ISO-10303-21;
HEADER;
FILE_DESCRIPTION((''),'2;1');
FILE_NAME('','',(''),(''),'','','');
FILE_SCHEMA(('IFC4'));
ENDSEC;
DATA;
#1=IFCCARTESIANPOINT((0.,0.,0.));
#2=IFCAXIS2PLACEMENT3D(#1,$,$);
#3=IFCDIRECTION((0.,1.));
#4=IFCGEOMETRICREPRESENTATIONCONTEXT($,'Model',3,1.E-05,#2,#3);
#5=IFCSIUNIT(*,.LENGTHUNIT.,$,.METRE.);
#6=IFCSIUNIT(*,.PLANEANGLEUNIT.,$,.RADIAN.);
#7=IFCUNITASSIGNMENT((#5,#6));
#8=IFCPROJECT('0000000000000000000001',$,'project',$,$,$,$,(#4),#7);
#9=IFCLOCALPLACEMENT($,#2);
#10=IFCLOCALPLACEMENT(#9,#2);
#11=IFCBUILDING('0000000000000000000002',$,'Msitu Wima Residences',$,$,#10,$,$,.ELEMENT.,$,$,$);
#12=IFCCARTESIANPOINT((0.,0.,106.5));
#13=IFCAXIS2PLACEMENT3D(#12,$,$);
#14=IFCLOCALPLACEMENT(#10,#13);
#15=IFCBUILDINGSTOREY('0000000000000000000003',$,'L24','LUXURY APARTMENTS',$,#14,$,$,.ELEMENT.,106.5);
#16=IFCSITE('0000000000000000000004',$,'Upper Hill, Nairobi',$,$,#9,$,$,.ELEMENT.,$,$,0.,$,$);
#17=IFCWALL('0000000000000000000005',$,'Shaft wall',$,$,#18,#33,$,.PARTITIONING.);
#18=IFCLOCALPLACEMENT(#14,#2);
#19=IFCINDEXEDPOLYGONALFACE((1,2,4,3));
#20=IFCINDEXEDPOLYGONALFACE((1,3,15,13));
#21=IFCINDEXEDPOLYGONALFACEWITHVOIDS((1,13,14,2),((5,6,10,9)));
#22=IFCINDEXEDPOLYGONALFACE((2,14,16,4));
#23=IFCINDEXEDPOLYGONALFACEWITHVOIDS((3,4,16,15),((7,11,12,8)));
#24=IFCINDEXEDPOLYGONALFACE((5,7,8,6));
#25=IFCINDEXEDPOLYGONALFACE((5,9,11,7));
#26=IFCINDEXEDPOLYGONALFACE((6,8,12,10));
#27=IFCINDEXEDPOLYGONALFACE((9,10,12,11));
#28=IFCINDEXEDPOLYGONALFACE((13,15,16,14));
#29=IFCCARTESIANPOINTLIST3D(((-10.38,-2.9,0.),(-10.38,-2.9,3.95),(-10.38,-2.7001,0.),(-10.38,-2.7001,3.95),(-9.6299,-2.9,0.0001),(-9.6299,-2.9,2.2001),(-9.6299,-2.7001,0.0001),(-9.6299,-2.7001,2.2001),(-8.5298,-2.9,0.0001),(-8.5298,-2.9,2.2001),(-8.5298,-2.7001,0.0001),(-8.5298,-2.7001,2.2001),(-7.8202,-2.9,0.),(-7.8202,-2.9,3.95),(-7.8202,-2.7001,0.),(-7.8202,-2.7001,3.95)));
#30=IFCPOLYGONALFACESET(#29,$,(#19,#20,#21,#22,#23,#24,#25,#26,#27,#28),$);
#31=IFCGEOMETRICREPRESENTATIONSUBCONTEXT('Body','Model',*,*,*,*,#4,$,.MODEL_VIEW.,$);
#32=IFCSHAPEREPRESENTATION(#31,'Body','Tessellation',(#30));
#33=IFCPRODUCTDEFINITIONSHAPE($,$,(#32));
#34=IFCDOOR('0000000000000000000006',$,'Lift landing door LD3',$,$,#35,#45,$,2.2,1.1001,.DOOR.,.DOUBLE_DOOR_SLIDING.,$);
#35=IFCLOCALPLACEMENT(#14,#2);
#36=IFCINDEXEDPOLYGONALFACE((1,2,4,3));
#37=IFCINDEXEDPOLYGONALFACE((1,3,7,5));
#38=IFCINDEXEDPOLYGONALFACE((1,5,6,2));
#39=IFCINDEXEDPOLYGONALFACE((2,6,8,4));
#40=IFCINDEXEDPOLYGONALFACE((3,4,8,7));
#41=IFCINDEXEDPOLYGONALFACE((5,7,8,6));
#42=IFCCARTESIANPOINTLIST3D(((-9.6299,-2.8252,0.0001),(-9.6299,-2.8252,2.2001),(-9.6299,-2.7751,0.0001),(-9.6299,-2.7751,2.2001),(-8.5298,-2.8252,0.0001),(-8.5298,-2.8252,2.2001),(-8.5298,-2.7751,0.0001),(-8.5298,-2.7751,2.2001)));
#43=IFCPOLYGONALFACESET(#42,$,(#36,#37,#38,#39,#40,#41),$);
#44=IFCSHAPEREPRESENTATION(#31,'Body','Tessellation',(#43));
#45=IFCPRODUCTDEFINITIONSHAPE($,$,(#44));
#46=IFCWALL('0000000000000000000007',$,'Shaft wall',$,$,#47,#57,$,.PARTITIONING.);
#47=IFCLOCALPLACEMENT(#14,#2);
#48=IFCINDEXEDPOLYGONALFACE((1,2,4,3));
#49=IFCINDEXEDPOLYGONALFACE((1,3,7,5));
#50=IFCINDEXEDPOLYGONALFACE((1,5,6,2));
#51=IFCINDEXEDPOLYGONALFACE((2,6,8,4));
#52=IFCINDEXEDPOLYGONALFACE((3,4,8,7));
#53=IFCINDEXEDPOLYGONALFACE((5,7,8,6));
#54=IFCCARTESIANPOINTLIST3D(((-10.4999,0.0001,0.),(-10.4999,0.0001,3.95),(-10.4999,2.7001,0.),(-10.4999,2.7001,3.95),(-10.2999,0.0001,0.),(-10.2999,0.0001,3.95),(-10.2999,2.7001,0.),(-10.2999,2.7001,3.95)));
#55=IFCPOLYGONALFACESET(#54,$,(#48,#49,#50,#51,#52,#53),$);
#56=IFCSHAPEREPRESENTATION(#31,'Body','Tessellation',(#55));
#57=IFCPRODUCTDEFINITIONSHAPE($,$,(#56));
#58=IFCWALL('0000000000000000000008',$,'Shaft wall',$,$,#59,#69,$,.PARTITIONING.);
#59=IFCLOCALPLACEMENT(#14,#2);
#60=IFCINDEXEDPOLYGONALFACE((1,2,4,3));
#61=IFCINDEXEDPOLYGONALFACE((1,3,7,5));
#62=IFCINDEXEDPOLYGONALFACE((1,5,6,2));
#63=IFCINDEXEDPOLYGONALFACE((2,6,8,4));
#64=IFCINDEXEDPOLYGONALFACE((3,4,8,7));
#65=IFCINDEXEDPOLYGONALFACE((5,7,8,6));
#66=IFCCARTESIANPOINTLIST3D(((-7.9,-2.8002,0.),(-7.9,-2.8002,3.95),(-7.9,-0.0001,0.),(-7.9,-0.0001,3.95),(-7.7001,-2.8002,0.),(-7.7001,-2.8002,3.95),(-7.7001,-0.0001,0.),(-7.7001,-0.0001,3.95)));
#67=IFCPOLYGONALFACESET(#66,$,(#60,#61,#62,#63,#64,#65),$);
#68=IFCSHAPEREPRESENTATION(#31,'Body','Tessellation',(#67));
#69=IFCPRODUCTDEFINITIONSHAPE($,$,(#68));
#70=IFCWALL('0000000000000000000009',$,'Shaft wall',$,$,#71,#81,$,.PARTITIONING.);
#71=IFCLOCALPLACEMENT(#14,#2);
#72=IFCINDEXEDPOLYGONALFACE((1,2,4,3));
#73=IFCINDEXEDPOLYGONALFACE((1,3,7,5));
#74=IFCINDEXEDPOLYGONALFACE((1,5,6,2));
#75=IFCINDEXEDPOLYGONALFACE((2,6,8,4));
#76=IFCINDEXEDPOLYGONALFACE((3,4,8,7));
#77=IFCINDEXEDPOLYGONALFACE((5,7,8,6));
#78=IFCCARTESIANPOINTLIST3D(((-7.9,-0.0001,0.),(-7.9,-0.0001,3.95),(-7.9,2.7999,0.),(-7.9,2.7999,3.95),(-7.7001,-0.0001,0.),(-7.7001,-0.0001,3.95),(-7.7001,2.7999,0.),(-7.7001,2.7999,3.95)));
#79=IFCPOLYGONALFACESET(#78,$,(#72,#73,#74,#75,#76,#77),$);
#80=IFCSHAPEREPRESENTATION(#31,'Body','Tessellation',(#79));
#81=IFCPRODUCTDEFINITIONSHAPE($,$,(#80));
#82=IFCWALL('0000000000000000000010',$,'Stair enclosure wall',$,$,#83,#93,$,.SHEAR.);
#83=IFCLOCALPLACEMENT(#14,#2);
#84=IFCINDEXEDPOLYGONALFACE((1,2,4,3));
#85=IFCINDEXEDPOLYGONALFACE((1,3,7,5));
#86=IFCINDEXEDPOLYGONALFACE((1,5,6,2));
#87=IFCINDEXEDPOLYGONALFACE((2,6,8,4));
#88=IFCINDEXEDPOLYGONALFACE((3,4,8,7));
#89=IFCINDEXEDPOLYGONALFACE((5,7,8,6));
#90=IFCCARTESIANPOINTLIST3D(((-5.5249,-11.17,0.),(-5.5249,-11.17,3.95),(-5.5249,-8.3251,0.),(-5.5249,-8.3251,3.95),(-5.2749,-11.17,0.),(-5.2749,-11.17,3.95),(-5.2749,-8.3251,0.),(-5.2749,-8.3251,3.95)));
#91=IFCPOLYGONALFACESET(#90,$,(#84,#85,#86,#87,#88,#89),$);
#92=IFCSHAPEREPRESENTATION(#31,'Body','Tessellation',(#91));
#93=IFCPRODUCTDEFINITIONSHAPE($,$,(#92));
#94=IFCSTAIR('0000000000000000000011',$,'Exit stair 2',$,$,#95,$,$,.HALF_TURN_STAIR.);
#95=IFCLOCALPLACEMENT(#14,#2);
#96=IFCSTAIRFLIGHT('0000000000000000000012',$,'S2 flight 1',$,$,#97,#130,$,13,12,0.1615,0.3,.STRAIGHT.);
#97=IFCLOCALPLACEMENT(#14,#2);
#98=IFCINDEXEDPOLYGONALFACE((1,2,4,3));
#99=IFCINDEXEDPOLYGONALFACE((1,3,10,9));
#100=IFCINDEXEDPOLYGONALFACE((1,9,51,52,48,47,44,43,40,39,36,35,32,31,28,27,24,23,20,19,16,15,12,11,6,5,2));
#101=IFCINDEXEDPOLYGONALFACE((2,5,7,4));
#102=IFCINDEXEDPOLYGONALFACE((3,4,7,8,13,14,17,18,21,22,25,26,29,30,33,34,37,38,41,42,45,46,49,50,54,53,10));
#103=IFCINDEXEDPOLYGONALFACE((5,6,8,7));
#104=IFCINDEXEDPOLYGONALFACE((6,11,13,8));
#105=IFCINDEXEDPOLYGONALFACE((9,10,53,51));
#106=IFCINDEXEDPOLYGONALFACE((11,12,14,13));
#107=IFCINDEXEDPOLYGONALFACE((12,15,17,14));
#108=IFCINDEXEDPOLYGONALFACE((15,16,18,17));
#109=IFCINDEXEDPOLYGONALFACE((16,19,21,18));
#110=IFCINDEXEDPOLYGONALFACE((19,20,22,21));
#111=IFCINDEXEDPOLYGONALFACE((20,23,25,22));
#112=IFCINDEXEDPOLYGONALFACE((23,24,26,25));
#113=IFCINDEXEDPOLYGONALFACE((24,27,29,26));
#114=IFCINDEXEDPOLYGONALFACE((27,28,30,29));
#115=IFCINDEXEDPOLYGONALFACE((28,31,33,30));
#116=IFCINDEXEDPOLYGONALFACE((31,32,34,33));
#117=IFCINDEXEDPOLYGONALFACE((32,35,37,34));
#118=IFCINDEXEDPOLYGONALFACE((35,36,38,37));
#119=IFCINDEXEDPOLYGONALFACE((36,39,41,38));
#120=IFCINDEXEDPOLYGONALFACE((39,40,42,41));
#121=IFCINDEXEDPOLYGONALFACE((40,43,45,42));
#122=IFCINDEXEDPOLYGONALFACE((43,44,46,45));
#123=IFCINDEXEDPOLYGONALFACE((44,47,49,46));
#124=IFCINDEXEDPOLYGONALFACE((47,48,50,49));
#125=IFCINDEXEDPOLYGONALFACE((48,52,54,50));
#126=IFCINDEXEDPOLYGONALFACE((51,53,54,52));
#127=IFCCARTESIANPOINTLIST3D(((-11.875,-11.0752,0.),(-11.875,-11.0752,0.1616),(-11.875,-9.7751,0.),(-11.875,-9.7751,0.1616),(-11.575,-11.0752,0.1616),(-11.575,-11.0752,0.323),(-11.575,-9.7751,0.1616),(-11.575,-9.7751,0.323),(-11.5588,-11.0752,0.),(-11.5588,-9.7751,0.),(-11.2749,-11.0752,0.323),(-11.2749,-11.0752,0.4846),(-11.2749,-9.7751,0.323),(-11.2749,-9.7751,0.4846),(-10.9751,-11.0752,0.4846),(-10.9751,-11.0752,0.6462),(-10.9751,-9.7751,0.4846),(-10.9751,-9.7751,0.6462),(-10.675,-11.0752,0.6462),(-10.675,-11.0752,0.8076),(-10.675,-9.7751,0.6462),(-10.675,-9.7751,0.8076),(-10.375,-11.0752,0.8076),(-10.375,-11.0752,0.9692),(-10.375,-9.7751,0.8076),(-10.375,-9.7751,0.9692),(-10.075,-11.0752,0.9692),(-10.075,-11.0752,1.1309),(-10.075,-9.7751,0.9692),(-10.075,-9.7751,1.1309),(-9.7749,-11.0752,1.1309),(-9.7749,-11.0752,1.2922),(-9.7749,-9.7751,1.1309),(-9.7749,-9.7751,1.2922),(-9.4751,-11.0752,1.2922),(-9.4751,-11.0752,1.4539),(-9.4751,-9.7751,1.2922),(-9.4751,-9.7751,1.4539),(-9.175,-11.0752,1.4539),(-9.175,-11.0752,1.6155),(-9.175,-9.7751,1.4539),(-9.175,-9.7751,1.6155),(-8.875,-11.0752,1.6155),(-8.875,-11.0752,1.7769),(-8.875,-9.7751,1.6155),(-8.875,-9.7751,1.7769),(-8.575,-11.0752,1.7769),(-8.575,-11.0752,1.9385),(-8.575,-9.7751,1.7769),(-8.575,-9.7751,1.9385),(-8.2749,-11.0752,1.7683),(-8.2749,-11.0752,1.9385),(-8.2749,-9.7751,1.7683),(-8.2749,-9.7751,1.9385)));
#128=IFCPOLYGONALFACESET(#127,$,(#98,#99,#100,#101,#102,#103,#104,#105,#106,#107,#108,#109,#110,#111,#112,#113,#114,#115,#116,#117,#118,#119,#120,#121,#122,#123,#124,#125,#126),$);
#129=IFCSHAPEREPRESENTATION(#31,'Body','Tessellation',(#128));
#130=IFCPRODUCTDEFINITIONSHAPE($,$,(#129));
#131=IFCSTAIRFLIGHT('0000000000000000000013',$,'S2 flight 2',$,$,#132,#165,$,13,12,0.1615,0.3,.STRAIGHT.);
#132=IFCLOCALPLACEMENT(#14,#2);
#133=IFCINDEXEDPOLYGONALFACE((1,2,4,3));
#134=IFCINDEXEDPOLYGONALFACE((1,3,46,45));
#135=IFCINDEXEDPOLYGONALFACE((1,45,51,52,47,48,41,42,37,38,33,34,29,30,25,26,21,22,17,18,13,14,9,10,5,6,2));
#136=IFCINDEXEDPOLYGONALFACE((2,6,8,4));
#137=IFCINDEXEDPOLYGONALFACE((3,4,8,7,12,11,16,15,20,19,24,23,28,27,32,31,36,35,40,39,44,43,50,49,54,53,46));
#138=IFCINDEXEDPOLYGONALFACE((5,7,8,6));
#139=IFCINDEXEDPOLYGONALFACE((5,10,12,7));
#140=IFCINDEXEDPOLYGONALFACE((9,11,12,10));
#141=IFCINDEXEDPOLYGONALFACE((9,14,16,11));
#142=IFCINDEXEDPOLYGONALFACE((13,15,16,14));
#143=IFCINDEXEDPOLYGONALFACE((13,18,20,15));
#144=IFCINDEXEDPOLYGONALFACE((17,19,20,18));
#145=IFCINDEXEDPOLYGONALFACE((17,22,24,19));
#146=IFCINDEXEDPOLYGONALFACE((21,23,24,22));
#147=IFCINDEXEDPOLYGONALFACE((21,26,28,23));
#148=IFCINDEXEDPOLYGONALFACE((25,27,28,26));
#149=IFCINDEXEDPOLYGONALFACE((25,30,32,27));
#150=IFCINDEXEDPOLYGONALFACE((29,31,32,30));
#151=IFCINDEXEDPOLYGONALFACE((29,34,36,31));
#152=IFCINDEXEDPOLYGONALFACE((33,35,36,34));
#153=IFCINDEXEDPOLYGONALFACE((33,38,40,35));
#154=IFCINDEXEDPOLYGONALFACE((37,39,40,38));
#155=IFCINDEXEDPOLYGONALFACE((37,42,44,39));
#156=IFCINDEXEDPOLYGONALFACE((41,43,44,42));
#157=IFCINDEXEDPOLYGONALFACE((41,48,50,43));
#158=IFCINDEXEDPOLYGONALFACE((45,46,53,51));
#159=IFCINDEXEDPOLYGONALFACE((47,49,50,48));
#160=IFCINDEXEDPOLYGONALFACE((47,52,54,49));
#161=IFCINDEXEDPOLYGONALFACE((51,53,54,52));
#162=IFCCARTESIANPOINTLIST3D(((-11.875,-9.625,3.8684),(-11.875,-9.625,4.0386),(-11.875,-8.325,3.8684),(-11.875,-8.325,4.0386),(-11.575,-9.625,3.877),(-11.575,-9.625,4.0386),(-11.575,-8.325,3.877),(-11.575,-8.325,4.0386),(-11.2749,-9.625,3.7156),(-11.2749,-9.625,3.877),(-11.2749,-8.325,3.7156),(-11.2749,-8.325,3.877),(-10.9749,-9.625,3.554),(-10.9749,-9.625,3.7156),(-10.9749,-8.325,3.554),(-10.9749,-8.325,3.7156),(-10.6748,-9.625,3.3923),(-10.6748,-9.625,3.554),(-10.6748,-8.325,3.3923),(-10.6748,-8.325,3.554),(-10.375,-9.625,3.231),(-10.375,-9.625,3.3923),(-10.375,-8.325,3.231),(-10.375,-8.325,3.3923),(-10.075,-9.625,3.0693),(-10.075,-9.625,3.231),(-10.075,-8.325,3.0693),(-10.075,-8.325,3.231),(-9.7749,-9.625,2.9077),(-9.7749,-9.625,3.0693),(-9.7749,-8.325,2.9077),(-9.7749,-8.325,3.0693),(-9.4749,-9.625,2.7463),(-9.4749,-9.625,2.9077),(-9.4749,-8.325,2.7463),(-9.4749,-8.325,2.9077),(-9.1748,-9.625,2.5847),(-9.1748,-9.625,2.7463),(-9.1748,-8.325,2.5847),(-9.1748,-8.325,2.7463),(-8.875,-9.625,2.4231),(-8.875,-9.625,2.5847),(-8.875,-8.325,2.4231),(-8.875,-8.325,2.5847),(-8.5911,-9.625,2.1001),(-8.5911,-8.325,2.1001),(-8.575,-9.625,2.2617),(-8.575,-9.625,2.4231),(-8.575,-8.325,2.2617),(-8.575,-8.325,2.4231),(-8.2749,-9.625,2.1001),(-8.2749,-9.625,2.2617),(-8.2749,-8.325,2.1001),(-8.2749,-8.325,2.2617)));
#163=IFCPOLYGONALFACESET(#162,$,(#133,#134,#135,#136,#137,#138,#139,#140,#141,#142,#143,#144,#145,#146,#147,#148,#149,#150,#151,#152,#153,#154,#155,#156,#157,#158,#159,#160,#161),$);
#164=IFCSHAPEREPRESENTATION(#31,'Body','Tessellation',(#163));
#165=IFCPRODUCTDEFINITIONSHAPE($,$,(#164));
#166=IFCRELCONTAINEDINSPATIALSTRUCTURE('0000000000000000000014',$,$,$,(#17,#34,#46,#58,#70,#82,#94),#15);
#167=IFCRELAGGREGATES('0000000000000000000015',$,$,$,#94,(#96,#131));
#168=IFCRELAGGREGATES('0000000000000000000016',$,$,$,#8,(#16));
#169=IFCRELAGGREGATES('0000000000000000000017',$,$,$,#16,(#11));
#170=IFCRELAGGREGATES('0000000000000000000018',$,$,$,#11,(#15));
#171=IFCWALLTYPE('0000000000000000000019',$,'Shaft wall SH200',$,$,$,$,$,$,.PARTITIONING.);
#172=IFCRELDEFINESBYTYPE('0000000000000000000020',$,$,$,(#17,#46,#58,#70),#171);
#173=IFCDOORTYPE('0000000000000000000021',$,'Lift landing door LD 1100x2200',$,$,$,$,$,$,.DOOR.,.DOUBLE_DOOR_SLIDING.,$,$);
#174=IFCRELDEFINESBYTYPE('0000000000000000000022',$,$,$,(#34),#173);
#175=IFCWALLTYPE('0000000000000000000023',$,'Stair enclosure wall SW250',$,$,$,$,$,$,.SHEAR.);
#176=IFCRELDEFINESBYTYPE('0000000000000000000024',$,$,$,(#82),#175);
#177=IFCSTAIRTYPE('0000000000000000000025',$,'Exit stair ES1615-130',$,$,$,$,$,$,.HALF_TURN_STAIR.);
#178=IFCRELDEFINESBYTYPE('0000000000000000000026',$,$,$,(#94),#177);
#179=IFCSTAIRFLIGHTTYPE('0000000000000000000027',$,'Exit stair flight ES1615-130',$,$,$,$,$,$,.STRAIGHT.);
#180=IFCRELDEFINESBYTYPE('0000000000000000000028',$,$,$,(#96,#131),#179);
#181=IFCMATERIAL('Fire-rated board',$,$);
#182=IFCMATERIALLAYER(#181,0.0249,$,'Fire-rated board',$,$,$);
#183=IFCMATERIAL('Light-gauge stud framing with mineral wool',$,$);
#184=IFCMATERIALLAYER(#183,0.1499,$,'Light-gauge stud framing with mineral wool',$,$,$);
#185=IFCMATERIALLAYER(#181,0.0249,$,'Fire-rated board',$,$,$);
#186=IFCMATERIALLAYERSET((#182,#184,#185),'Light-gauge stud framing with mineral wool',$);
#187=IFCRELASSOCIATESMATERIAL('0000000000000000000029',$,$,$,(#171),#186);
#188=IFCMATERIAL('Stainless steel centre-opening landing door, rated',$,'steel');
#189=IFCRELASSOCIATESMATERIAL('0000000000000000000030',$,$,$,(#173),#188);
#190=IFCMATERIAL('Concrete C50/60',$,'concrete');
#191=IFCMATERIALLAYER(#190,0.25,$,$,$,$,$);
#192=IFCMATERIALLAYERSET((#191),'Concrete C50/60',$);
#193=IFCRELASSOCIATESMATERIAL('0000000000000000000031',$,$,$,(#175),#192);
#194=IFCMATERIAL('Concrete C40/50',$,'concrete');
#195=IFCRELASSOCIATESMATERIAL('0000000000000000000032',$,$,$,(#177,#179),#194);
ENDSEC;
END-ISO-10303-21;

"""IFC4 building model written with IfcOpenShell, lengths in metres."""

from ifc_helpers import new_model, si_unit, direction, frame, frame_2d, origin, place, context, subcontext, project, spatial, polyline, rectangle, outline, extrude, material, layer, layer_set, type_object, element, fill, aggregate, save


model = new_model("IFC4")

# Units and contexts
model_context = context("Model", 3, precision=1e-05, world=origin(), true_north=direction((0.0, 1.0)))
body_context = subcontext(model_context, "Body", "Model", "MODEL_VIEW")
ifc_project = project(units=[si_unit("LENGTHUNIT", "METRE"), si_unit("PLANEANGLEUNIT", "RADIAN")], contexts=[model_context])

# Site, building, storey
site_placement = place(None, origin())
site = spatial("IfcSite", under=ifc_project, at=site_placement, Name="Upper Hill, Nairobi", CompositionType="ELEMENT", RefElevation=0.0)
building_placement = place(site_placement, origin())
building = spatial("IfcBuilding", under=site, at=building_placement, Name="Msitu Wima Residences", CompositionType="ELEMENT")
storey_placement = place(building_placement, frame((0.0, 0.0, 106.5)))
storey = spatial("IfcBuildingStorey", under=building, at=storey_placement, Name="L24", Description="LUXURY APARTMENTS", CompositionType="ELEMENT", Elevation=106.5)

# Shared definitions
ifc_material_1 = material(Name="Concrete C40/50", Category="concrete")

# Shared definitions
ifc_material_2 = material(Name="Fire-rated board")
ifc_layer_1 = layer(ifc_material_2, 0.0249, Name="Fire-rated board")
ifc_material_3 = material(Name="Light-gauge stud framing with mineral wool")
ifc_layer_2 = layer(ifc_material_3, 0.1499, Name="Light-gauge stud framing with mineral wool")
ifc_layer_3 = layer(ifc_material_2, 0.0249, Name="Fire-rated board")
ifc_layer_set_1 = layer_set([ifc_layer_1, ifc_layer_2, ifc_layer_3], Name="Light-gauge stud framing with mineral wool")
wall_type_1 = type_object("IfcWallType", Name="Shaft wall SH200", PredefinedType="PARTITIONING", material=ifc_layer_set_1)

# Wall, opening, door
wall_1_placement = place(storey_placement, frame((-10.3799, -2.8, 0.0), z_axis=(0.0, 0.0, 1.0), x_axis=(1.0, 0.0, 0.0)))
wall_1 = element("IfcWall", 1, at=wall_1_placement, inside=storey, type_object=wall_type_1, Name="Shaft wall", PredefinedType="PARTITIONING", context=body_context, shape_type="SweptSolid", body=[
    extrude(rectangle(XDim=2.5598, YDim=0.2, at=frame_2d((1.2798, 0.0))), origin(), (0.0, 0.0, 1.0), 3.95),
])
opening_1_placement = place(wall_1_placement, frame((0.75, 0.0, 0.0)))
opening_1 = element("IfcOpeningElement", 2, at=opening_1_placement, cuts=wall_1, PredefinedType="OPENING", context=body_context, shape_type="SweptSolid", body=[
    extrude(rectangle(XDim=1.1001, YDim=2.2, at=frame_2d((0.55, 1.1001))), frame((0.0, 0.1099, 0.0), z_axis=(0.0, -1.0, 0.0), x_axis=(1.0, 0.0, 0.0)), (0.0, 0.0, 1.0), 0.22),
])
ifc_material_4 = material(Name="Stainless steel centre-opening landing door, rated", Category="steel")
door_type_1 = type_object("IfcDoorType", Name="Lift landing door LD 1100x2200", OperationType="DOUBLE_DOOR_SLIDING", PredefinedType="DOOR", material=ifc_material_4)
door_1_placement = place(opening_1_placement, origin())
door_1 = element("IfcDoor", 3, at=door_1_placement, inside=storey, type_object=door_type_1, Name="Lift landing door LD3", OperationType="DOUBLE_DOOR_SLIDING", OverallHeight=2.2, OverallWidth=1.1001, PredefinedType="DOOR", context=body_context, shape_type="SweptSolid", body=[
    extrude(rectangle(XDim=1.1001, YDim=2.2, at=frame_2d((0.55, 1.1001))), frame((0.0, 0.0249, 0.0), z_axis=(0.0, -1.0, 0.0), x_axis=(1.0, 0.0, 0.0)), (0.0, 0.0, 1.0), 0.05),
])
fill(opening_1, door_1)

# Walls
wall_2_placement = place(storey_placement, frame((-10.3999, 0.0, 0.0), z_axis=(0.0, 0.0, 1.0), x_axis=(0.0, 1.0, 0.0)))
element("IfcWall", 4, at=wall_2_placement, inside=storey, type_object=wall_type_1, Name="Shaft wall", PredefinedType="PARTITIONING", context=body_context, shape_type="SweptSolid", body=[
    extrude(rectangle(XDim=2.7, YDim=0.2, at=frame_2d((1.3501, 0.0))), origin(), (0.0, 0.0, 1.0), 3.95),
])
for number, where, z_axis, x_axis, name in (
    (5, (-7.8, -2.8, 0.0), (0.0, 0.0, 1.0), (0.0, 1.0, 0.0), "Shaft wall"),
    (6, (-7.8, 0.0, 0.0), (0.0, 0.0, 1.0), (0.0, 1.0, 0.0), "Shaft wall"),
):
    element("IfcWall", number, at=place(storey_placement, frame(where, z_axis=z_axis, x_axis=x_axis)), inside=storey, type_object=wall_type_1, Name=name, PredefinedType="PARTITIONING", context=body_context, shape_type="SweptSolid", body=[
        extrude(rectangle(XDim=2.8, YDim=0.2, at=frame_2d((1.3999, 0.0))), origin(), (0.0, 0.0, 1.0), 3.95),
    ])
ifc_material_5 = material(Name="Concrete C50/60", Category="concrete")
ifc_layer_4 = layer(ifc_material_5, 0.25)
ifc_layer_set_2 = layer_set([ifc_layer_4], Name="Concrete C50/60")
wall_type_2 = type_object("IfcWallType", Name="Stair enclosure wall SW250", PredefinedType="SHEAR", material=ifc_layer_set_2)
wall_3_placement = place(storey_placement, frame((-5.3999, -11.1699, 0.0), z_axis=(0.0, 0.0, 1.0), x_axis=(0.0, 1.0, 0.0)))
element("IfcWall", 7, at=wall_3_placement, inside=storey, type_object=wall_type_2, Name="Stair enclosure wall", PredefinedType="SHEAR", context=body_context, shape_type="SweptSolid", body=[
    extrude(rectangle(XDim=2.845, YDim=0.25, at=frame_2d((1.4224, 0.0))), origin(), (0.0, 0.0, 1.0), 3.95),
])

# Stair, stair flights
stair_type = type_object("IfcStairType", Name="Exit stair ES1615-130", PredefinedType="HALF_TURN_STAIR", material=ifc_material_1)
stair_placement = place(storey_placement, origin())
stair = element("IfcStair", 8, at=stair_placement, inside=storey, type_object=stair_type, Name="Exit stair 2", PredefinedType="HALF_TURN_STAIR")
stair_flight_type = type_object("IfcStairFlightType", Name="Exit stair flight ES1615-130", PredefinedType="STRAIGHT", material=ifc_material_1)
stair_flight_1_placement = place(storey_placement, frame((-11.875, -10.425, 0.0), z_axis=(0.0, 0.0, 1.0), x_axis=(1.0, 0.0, 0.0)))
stair_flight_1 = element("IfcStairFlight", 9, at=stair_flight_1_placement, type_object=stair_flight_type, Name="S2 flight 1", NumberOfRisers=13, NumberOfTreads=12, PredefinedType="STRAIGHT", RiserHeight=0.1615, TreadLength=0.3, context=body_context, shape_type="SweptSolid", body=[
    extrude(outline(polyline([(0.0, 0.0), (0.0, 0.1616), (0.3, 0.1616), (0.3, 0.323), (0.6001, 0.323), (0.6001, 0.4846), (0.8999, 0.4846), (0.8999, 0.6462), (1.2, 0.6462), (1.2, 0.8076), (1.5, 0.8076), (1.5, 0.9692), (1.8, 0.9692), (1.8, 1.1309), (2.1001, 1.1309), (2.1001, 1.2922), (2.3999, 1.2922), (2.3999, 1.4539), (2.7, 1.4539), (2.7, 1.6155), (3.0, 1.6155), (3.0, 1.7769), (3.3, 1.7769), (3.3, 1.9385), (3.6001, 1.9385), (3.6001, 2.1001), (3.6001, 1.7683), (0.3162, 0.0), (0.0, 0.0)])), frame((0.0, 0.6499, 0.0), z_axis=(0.0, -1.0, 0.0), x_axis=(1.0, 0.0, 0.0)), (0.0, 0.0, 1.0), 1.3),
])
stair_flight_2_placement = place(storey_placement, frame((-8.2749, -8.9751, 2.1001), z_axis=(0.0, 0.0, 1.0), x_axis=(-1.0, 0.0, 0.0)))
stair_flight_2 = element("IfcStairFlight", 10, at=stair_flight_2_placement, type_object=stair_flight_type, Name="S2 flight 2", NumberOfRisers=13, NumberOfTreads=12, PredefinedType="STRAIGHT", RiserHeight=0.1615, TreadLength=0.3, context=body_context, shape_type="SweptSolid", body=[
    extrude(outline(polyline([(0.0, 0.0), (0.0, 0.1616), (0.3, 0.1616), (0.3, 0.323), (0.6001, 0.323), (0.6001, 0.4846), (0.8999, 0.4846), (0.8999, 0.6462), (1.2, 0.6462), (1.2, 0.8076), (1.5, 0.8076), (1.5, 0.9692), (1.8, 0.9692), (1.8, 1.1309), (2.1001, 1.1309), (2.1001, 1.2922), (2.3999, 1.2922), (2.3999, 1.4539), (2.7, 1.4539), (2.7, 1.6155), (3.0, 1.6155), (3.0, 1.7769), (3.3, 1.7769), (3.3, 1.9385), (3.6001, 1.9385), (3.6001, 2.1001), (3.6001, 1.7683), (0.3162, 0.0), (0.0, 0.0)])), frame((0.0, 0.6499, 0.0), z_axis=(0.0, -1.0, 0.0), x_axis=(1.0, 0.0, 0.0)), (0.0, 0.0, 1.0), 1.3),
])
aggregate(stair, [stair_flight_1, stair_flight_2])

save(model, "model.ifc")
